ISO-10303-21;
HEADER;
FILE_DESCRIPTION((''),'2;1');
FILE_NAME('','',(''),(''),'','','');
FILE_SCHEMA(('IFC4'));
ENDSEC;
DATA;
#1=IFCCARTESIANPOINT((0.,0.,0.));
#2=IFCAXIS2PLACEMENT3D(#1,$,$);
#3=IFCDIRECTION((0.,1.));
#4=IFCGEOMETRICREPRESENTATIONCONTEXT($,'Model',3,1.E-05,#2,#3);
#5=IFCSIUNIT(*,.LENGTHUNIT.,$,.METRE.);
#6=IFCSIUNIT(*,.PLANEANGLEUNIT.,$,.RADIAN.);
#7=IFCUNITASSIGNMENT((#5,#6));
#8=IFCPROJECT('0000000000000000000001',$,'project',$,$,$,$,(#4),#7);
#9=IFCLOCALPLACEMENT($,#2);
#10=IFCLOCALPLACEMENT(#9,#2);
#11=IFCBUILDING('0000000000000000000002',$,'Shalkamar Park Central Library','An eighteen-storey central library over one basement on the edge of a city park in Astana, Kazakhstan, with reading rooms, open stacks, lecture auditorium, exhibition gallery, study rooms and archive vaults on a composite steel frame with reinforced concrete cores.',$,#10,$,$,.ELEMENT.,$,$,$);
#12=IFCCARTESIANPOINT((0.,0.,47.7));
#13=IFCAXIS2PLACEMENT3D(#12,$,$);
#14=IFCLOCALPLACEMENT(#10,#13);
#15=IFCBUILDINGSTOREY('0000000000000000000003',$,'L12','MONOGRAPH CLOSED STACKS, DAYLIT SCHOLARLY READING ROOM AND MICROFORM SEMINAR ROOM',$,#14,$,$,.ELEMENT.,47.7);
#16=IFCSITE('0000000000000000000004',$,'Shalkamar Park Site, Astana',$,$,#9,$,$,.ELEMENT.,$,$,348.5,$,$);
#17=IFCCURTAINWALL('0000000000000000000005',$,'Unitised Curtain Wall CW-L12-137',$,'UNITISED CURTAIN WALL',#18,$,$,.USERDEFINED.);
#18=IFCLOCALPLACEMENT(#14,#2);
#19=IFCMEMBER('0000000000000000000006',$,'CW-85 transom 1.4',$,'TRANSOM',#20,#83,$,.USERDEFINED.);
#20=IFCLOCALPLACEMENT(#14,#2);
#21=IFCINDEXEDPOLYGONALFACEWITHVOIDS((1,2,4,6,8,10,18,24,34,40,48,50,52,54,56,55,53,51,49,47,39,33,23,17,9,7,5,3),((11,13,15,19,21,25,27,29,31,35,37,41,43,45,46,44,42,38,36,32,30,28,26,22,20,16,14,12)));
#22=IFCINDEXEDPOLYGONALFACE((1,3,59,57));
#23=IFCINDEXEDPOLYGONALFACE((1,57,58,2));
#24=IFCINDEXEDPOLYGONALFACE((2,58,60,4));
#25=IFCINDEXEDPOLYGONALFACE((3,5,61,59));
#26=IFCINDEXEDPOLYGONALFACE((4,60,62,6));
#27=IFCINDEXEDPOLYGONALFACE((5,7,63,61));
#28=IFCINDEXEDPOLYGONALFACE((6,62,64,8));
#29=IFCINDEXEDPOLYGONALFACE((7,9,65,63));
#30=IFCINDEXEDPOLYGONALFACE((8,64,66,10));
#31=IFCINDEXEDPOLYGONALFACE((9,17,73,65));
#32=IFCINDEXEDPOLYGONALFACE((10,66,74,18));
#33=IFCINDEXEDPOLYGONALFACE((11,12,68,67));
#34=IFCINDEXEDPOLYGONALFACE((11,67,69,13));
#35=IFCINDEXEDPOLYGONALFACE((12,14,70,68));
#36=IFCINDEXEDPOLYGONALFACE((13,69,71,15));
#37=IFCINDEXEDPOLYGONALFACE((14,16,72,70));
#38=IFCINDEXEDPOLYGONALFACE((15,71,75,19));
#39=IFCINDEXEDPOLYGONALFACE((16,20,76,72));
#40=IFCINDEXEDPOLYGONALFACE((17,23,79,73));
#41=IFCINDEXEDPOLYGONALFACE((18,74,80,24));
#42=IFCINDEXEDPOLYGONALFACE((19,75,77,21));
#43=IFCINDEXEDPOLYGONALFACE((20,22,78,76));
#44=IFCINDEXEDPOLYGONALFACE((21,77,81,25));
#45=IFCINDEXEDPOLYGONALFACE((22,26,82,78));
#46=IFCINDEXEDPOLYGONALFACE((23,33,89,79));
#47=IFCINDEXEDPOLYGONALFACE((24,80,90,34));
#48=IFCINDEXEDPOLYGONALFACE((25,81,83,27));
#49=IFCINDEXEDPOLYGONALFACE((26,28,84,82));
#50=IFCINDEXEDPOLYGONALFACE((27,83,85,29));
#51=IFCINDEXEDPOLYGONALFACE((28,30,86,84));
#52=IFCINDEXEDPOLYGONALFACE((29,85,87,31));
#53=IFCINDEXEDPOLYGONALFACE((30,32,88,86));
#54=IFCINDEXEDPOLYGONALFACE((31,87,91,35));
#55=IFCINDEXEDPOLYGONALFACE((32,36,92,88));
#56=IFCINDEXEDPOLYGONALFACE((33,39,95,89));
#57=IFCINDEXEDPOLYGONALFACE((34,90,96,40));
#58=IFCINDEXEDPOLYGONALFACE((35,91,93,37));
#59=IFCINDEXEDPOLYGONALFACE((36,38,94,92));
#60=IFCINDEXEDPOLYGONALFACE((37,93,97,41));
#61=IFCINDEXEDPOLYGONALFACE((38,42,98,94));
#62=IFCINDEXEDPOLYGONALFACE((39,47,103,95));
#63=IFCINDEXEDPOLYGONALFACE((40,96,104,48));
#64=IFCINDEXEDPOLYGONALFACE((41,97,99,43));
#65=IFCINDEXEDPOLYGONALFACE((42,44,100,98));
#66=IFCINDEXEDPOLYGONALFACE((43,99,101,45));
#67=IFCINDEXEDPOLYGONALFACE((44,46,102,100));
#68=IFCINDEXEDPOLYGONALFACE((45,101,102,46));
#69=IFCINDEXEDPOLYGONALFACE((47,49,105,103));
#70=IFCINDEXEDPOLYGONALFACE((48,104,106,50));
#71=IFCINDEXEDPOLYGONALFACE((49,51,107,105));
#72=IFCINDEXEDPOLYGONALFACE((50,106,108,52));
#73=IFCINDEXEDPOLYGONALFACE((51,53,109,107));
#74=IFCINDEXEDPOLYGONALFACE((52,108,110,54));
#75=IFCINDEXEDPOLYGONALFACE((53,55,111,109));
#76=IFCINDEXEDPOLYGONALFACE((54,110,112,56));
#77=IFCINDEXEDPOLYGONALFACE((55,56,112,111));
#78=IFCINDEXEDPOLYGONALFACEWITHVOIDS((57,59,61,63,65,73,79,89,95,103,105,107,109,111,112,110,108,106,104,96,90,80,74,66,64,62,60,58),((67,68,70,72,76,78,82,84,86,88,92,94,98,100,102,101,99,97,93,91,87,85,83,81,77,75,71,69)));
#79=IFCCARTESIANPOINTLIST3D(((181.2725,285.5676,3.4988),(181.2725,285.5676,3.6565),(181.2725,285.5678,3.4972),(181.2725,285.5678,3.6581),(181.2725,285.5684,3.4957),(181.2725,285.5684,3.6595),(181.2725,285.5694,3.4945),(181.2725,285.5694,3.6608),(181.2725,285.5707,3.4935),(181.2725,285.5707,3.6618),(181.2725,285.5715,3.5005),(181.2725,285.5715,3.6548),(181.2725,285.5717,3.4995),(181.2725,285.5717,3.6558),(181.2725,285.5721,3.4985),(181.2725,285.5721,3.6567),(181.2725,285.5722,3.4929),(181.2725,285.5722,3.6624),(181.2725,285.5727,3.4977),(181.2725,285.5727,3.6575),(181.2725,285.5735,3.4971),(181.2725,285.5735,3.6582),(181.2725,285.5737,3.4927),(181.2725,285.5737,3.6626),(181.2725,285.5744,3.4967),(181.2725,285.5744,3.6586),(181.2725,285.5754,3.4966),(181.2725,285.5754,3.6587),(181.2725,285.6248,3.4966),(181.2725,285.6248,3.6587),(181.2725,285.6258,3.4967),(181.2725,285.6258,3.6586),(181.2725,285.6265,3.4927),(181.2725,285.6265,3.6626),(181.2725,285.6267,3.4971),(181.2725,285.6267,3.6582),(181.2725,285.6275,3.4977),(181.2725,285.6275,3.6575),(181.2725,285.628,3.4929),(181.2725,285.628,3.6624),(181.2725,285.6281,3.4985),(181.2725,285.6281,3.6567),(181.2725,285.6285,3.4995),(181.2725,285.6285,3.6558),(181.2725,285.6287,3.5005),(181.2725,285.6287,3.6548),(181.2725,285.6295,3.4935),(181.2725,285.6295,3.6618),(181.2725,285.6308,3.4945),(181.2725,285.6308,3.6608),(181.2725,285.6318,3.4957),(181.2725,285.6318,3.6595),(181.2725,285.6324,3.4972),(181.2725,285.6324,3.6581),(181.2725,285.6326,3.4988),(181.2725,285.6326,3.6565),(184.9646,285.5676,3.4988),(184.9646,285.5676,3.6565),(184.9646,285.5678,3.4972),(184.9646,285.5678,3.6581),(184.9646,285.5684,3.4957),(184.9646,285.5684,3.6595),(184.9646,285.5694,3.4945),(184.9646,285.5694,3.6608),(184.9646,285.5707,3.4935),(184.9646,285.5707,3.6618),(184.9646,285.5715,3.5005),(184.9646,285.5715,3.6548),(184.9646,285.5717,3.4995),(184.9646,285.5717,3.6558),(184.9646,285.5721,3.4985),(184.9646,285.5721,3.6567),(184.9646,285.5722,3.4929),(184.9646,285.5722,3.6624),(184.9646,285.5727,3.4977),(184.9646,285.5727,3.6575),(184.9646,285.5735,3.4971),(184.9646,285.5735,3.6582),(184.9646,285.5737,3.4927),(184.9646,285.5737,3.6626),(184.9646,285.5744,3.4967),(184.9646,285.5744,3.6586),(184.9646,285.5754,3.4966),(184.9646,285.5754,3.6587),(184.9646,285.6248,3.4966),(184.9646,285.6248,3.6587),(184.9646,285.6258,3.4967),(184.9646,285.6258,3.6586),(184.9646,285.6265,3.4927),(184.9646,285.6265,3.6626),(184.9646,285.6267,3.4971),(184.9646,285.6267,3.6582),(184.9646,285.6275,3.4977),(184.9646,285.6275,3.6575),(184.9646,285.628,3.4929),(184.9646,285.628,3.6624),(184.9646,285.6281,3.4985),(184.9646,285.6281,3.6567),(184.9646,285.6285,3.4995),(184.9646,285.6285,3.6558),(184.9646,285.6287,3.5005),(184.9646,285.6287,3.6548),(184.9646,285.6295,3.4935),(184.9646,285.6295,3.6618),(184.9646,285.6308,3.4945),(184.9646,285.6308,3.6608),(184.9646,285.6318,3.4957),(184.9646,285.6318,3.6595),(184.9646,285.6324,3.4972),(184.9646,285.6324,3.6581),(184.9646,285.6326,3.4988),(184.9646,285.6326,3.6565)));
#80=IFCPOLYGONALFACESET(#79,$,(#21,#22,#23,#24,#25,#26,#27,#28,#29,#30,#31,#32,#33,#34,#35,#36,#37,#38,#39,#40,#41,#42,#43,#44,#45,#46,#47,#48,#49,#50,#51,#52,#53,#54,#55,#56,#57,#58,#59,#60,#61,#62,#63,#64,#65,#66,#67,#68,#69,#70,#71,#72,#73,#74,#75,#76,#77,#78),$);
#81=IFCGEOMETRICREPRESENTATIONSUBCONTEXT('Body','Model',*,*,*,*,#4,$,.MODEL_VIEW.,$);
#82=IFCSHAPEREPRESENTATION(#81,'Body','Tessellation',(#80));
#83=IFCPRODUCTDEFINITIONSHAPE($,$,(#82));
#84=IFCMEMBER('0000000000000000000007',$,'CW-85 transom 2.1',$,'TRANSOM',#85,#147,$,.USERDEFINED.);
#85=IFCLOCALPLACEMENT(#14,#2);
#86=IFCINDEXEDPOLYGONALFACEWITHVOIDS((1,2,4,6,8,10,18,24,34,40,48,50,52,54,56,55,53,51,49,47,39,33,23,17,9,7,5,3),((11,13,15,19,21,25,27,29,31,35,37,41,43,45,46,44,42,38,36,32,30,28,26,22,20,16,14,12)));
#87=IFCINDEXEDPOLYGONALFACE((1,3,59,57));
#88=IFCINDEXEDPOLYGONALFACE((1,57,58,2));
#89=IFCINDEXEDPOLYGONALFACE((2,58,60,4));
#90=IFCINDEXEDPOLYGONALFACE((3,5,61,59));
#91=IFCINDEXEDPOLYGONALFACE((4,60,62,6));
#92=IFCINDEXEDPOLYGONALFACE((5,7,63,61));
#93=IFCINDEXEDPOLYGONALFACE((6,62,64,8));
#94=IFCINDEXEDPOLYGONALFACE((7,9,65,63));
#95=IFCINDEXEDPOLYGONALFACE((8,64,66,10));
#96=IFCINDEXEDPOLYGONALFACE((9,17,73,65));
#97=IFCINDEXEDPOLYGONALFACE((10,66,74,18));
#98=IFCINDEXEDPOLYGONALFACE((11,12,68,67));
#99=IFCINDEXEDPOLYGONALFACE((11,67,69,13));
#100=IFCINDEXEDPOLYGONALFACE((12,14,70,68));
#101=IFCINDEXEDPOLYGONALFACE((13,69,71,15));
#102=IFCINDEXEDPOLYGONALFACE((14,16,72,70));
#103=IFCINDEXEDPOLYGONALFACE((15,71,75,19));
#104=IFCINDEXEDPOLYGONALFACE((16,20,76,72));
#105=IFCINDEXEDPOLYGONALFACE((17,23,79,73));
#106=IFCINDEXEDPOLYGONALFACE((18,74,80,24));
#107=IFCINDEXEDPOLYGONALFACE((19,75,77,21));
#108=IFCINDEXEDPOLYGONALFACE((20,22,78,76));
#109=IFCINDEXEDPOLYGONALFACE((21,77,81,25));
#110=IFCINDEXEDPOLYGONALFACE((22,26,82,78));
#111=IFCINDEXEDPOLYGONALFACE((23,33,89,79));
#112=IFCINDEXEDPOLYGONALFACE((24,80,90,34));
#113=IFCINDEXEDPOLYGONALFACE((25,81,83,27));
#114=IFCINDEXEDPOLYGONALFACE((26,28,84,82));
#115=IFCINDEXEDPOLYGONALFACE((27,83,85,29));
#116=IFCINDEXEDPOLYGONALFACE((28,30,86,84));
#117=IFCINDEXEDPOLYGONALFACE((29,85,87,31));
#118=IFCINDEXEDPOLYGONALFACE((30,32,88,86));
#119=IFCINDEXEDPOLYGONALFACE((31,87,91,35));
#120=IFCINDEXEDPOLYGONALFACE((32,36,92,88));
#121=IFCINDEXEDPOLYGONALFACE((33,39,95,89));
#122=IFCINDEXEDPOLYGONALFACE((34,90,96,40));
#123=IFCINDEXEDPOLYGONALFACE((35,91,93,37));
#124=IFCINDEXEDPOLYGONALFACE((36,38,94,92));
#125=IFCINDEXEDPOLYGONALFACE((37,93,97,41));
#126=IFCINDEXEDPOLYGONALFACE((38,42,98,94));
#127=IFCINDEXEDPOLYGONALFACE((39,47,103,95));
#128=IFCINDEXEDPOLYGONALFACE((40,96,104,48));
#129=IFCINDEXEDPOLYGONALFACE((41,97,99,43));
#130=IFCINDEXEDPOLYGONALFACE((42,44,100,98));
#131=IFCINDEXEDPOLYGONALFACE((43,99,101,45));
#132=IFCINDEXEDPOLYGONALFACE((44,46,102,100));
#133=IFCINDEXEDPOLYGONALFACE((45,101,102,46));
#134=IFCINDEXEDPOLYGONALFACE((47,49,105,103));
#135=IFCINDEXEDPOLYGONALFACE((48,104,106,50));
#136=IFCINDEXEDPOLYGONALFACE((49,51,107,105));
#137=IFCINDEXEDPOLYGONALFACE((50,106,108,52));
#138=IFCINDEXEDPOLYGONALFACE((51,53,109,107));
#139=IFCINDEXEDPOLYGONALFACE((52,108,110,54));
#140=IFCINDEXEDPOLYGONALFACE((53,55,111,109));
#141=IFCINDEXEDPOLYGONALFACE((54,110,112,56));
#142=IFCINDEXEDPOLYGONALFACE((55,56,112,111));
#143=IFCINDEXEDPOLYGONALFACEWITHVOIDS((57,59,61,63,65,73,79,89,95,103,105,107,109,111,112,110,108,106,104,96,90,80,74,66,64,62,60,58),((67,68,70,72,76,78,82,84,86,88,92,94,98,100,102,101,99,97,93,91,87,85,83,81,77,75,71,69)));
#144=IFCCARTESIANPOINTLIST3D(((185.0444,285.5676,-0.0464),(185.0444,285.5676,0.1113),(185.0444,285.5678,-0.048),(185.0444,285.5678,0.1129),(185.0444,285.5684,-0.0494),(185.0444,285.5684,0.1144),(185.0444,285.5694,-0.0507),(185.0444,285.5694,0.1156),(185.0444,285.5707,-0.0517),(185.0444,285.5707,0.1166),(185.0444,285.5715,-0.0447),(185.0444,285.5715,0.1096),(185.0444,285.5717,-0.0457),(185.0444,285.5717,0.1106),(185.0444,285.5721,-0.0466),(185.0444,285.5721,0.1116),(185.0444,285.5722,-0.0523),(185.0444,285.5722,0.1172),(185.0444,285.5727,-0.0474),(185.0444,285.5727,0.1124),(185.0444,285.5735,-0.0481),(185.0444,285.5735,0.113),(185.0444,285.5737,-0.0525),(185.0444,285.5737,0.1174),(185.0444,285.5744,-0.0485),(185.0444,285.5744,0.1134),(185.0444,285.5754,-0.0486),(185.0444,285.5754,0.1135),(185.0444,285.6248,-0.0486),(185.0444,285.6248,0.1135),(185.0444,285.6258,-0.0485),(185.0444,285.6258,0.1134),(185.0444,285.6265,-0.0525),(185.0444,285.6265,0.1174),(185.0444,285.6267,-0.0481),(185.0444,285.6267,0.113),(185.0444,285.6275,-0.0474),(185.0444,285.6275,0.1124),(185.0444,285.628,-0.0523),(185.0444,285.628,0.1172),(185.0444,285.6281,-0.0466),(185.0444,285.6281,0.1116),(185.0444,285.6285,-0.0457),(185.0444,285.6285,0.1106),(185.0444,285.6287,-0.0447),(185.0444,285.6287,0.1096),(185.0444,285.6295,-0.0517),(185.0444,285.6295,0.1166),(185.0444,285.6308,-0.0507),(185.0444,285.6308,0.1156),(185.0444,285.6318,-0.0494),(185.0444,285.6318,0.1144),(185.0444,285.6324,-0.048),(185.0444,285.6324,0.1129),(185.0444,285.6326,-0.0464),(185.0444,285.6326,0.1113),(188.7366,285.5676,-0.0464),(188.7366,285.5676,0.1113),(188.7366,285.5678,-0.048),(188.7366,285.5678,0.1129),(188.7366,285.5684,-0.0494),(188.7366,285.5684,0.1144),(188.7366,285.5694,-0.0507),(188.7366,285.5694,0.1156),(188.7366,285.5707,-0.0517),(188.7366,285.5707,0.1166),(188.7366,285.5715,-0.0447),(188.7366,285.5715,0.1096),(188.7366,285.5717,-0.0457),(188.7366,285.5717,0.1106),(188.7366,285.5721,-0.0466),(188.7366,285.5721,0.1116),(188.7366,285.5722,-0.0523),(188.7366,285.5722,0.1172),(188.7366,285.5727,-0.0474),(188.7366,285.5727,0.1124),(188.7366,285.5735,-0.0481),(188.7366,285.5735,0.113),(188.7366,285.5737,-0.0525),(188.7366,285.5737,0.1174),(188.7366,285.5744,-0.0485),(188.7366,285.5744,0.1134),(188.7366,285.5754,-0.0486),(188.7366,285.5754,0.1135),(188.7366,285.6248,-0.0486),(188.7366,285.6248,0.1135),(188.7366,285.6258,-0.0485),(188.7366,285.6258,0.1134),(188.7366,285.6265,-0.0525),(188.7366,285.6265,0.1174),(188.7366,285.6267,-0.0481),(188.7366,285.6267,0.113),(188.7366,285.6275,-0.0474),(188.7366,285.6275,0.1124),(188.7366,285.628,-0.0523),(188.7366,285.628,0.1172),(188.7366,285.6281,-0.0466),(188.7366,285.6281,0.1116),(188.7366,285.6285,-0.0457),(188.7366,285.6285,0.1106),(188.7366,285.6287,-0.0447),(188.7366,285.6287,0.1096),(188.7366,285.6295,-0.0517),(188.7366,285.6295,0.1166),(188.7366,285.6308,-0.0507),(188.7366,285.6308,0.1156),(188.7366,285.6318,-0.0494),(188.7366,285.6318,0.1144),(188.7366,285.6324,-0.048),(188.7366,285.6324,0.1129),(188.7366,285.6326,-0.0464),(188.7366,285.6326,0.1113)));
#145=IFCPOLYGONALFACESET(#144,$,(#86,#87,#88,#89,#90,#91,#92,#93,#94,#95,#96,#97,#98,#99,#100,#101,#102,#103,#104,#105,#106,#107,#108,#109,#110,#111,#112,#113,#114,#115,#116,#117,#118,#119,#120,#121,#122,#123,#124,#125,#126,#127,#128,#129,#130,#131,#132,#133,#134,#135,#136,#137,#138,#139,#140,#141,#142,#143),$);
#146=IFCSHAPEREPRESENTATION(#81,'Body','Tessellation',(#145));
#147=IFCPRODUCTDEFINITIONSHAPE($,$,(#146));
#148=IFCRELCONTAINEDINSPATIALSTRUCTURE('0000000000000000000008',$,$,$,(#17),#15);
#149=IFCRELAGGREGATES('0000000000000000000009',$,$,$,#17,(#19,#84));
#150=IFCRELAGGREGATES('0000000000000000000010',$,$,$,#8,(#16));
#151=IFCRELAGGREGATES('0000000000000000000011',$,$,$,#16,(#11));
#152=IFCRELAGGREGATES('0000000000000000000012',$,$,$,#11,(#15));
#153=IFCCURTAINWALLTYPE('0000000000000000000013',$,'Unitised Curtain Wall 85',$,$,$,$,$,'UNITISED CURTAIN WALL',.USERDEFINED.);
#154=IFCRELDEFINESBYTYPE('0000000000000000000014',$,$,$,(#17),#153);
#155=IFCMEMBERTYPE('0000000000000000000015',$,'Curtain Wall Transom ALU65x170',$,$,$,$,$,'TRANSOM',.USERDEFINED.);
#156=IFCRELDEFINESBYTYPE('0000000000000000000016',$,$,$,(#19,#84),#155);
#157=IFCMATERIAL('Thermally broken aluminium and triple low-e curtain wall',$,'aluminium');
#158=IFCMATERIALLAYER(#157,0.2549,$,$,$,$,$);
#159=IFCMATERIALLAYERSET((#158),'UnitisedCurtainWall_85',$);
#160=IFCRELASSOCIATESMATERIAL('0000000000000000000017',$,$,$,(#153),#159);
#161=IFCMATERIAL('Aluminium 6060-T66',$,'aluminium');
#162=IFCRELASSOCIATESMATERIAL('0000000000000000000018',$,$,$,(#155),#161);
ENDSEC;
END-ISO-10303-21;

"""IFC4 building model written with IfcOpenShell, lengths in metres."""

from ifc_helpers import new_model, si_unit, direction, frame, origin, origin_2d, place, context, subcontext, project, spatial, hollow_rectangle, extrude, material, layer, layer_set, material_profile, profile_set, type_object, element, aggregate, save


model = new_model("IFC4")

# Units and contexts
model_context = context("Model", 3, precision=1e-05, world=origin(), true_north=direction((0.0, 1.0)))
body_context = subcontext(model_context, "Body", "Model", "MODEL_VIEW")
ifc_project = project(units=[si_unit("LENGTHUNIT", "METRE"), si_unit("PLANEANGLEUNIT", "RADIAN")], contexts=[model_context])

# Site, building, storey
site_placement = place(None, origin())
site = spatial("IfcSite", under=ifc_project, at=site_placement, Name="Shalkamar Park Site, Astana", CompositionType="ELEMENT", RefElevation=348.5)
building_placement = place(site_placement, origin())
building = spatial("IfcBuilding", under=site, at=building_placement, Name="Shalkamar Park Central Library", Description="An eighteen-storey central library over one basement on the edge of a city park in Astana, Kazakhstan, with reading rooms, open stacks, lecture auditorium, exhibition gallery, study rooms and archive vaults on a composite steel frame with reinforced concrete cores.", CompositionType="ELEMENT")
storey_placement = place(building_placement, frame((0.0, 0.0, 47.7)))
storey = spatial("IfcBuildingStorey", under=building, at=storey_placement, Name="L12", Description="MONOGRAPH CLOSED STACKS, DAYLIT SCHOLARLY READING ROOM AND MICROFORM SEMINAR ROOM", CompositionType="ELEMENT", Elevation=47.7)

# Curtain wall
ifc_material_1 = material(Name="Thermally broken aluminium and triple low-e curtain wall", Category="aluminium")
ifc_layer_1 = layer(ifc_material_1, 0.2549)
ifc_layer_set_1 = layer_set([ifc_layer_1], Name="UnitisedCurtainWall_85")
curtain_wall_type_1 = type_object("IfcCurtainWallType", Name="Unitised Curtain Wall 85", ElementType="UNITISED CURTAIN WALL", PredefinedType="USERDEFINED", material=ifc_layer_set_1)
curtain_wall_1_placement = place(storey_placement, origin())
curtain_wall_1 = element("IfcCurtainWall", 1, at=curtain_wall_1_placement, inside=storey, type_object=curtain_wall_type_1, Name="Unitised Curtain Wall CW-L12-137", ObjectType="UNITISED CURTAIN WALL", PredefinedType="USERDEFINED")
ifc_material_2 = material(Name="Aluminium 6060-T66", Category="aluminium")

# Members
ifc_material_profile_1 = material_profile(ifc_material_2, hollow_rectangle(XDim=0.0649, YDim=0.1699, WallThickness=0.0039, InnerFilletRadius=0.0039, OuterFilletRadius=0.0061, at=origin_2d()), Name="ALU 65x170x4")
ifc_profile_set_1 = profile_set([ifc_material_profile_1], Name="Aluminium 6060-T66")
member_type_1 = type_object("IfcMemberType", Name="Curtain Wall Transom ALU65x170", ElementType="TRANSOM", PredefinedType="USERDEFINED", material=ifc_profile_set_1)
member_1_placement = place(storey_placement, frame((181.2725, 285.6001, 3.5776), z_axis=(1.0, 0.0, 0.0), x_axis=(0.0, 1.0, 0.0)))
member_1 = element("IfcMember", 2, at=member_1_placement, type_object=member_type_1, Name="CW-85 transom 1.4", ObjectType="TRANSOM", PredefinedType="USERDEFINED", context=body_context, shape_type="SweptSolid", body=[
    extrude(hollow_rectangle(XDim=0.0649, YDim=0.1699, WallThickness=0.0039, InnerFilletRadius=0.0039, OuterFilletRadius=0.0061, at=origin_2d()), origin(), (0.0, 0.0, 1.0), 3.6921),
])
member_2_placement = place(storey_placement, frame((185.0444, 285.6001, 0.0325), z_axis=(1.0, 0.0, 0.0), x_axis=(0.0, 1.0, 0.0)))
member_2 = element("IfcMember", 3, at=member_2_placement, type_object=member_type_1, Name="CW-85 transom 2.1", ObjectType="TRANSOM", PredefinedType="USERDEFINED", context=body_context, shape_type="SweptSolid", body=[
    extrude(hollow_rectangle(XDim=0.0649, YDim=0.1699, WallThickness=0.0039, InnerFilletRadius=0.0039, OuterFilletRadius=0.0061, at=origin_2d()), origin(), (0.0, 0.0, 1.0), 3.6921),
])

aggregate(curtain_wall_1, [member_1, member_2])

save(model, "model.ifc")
